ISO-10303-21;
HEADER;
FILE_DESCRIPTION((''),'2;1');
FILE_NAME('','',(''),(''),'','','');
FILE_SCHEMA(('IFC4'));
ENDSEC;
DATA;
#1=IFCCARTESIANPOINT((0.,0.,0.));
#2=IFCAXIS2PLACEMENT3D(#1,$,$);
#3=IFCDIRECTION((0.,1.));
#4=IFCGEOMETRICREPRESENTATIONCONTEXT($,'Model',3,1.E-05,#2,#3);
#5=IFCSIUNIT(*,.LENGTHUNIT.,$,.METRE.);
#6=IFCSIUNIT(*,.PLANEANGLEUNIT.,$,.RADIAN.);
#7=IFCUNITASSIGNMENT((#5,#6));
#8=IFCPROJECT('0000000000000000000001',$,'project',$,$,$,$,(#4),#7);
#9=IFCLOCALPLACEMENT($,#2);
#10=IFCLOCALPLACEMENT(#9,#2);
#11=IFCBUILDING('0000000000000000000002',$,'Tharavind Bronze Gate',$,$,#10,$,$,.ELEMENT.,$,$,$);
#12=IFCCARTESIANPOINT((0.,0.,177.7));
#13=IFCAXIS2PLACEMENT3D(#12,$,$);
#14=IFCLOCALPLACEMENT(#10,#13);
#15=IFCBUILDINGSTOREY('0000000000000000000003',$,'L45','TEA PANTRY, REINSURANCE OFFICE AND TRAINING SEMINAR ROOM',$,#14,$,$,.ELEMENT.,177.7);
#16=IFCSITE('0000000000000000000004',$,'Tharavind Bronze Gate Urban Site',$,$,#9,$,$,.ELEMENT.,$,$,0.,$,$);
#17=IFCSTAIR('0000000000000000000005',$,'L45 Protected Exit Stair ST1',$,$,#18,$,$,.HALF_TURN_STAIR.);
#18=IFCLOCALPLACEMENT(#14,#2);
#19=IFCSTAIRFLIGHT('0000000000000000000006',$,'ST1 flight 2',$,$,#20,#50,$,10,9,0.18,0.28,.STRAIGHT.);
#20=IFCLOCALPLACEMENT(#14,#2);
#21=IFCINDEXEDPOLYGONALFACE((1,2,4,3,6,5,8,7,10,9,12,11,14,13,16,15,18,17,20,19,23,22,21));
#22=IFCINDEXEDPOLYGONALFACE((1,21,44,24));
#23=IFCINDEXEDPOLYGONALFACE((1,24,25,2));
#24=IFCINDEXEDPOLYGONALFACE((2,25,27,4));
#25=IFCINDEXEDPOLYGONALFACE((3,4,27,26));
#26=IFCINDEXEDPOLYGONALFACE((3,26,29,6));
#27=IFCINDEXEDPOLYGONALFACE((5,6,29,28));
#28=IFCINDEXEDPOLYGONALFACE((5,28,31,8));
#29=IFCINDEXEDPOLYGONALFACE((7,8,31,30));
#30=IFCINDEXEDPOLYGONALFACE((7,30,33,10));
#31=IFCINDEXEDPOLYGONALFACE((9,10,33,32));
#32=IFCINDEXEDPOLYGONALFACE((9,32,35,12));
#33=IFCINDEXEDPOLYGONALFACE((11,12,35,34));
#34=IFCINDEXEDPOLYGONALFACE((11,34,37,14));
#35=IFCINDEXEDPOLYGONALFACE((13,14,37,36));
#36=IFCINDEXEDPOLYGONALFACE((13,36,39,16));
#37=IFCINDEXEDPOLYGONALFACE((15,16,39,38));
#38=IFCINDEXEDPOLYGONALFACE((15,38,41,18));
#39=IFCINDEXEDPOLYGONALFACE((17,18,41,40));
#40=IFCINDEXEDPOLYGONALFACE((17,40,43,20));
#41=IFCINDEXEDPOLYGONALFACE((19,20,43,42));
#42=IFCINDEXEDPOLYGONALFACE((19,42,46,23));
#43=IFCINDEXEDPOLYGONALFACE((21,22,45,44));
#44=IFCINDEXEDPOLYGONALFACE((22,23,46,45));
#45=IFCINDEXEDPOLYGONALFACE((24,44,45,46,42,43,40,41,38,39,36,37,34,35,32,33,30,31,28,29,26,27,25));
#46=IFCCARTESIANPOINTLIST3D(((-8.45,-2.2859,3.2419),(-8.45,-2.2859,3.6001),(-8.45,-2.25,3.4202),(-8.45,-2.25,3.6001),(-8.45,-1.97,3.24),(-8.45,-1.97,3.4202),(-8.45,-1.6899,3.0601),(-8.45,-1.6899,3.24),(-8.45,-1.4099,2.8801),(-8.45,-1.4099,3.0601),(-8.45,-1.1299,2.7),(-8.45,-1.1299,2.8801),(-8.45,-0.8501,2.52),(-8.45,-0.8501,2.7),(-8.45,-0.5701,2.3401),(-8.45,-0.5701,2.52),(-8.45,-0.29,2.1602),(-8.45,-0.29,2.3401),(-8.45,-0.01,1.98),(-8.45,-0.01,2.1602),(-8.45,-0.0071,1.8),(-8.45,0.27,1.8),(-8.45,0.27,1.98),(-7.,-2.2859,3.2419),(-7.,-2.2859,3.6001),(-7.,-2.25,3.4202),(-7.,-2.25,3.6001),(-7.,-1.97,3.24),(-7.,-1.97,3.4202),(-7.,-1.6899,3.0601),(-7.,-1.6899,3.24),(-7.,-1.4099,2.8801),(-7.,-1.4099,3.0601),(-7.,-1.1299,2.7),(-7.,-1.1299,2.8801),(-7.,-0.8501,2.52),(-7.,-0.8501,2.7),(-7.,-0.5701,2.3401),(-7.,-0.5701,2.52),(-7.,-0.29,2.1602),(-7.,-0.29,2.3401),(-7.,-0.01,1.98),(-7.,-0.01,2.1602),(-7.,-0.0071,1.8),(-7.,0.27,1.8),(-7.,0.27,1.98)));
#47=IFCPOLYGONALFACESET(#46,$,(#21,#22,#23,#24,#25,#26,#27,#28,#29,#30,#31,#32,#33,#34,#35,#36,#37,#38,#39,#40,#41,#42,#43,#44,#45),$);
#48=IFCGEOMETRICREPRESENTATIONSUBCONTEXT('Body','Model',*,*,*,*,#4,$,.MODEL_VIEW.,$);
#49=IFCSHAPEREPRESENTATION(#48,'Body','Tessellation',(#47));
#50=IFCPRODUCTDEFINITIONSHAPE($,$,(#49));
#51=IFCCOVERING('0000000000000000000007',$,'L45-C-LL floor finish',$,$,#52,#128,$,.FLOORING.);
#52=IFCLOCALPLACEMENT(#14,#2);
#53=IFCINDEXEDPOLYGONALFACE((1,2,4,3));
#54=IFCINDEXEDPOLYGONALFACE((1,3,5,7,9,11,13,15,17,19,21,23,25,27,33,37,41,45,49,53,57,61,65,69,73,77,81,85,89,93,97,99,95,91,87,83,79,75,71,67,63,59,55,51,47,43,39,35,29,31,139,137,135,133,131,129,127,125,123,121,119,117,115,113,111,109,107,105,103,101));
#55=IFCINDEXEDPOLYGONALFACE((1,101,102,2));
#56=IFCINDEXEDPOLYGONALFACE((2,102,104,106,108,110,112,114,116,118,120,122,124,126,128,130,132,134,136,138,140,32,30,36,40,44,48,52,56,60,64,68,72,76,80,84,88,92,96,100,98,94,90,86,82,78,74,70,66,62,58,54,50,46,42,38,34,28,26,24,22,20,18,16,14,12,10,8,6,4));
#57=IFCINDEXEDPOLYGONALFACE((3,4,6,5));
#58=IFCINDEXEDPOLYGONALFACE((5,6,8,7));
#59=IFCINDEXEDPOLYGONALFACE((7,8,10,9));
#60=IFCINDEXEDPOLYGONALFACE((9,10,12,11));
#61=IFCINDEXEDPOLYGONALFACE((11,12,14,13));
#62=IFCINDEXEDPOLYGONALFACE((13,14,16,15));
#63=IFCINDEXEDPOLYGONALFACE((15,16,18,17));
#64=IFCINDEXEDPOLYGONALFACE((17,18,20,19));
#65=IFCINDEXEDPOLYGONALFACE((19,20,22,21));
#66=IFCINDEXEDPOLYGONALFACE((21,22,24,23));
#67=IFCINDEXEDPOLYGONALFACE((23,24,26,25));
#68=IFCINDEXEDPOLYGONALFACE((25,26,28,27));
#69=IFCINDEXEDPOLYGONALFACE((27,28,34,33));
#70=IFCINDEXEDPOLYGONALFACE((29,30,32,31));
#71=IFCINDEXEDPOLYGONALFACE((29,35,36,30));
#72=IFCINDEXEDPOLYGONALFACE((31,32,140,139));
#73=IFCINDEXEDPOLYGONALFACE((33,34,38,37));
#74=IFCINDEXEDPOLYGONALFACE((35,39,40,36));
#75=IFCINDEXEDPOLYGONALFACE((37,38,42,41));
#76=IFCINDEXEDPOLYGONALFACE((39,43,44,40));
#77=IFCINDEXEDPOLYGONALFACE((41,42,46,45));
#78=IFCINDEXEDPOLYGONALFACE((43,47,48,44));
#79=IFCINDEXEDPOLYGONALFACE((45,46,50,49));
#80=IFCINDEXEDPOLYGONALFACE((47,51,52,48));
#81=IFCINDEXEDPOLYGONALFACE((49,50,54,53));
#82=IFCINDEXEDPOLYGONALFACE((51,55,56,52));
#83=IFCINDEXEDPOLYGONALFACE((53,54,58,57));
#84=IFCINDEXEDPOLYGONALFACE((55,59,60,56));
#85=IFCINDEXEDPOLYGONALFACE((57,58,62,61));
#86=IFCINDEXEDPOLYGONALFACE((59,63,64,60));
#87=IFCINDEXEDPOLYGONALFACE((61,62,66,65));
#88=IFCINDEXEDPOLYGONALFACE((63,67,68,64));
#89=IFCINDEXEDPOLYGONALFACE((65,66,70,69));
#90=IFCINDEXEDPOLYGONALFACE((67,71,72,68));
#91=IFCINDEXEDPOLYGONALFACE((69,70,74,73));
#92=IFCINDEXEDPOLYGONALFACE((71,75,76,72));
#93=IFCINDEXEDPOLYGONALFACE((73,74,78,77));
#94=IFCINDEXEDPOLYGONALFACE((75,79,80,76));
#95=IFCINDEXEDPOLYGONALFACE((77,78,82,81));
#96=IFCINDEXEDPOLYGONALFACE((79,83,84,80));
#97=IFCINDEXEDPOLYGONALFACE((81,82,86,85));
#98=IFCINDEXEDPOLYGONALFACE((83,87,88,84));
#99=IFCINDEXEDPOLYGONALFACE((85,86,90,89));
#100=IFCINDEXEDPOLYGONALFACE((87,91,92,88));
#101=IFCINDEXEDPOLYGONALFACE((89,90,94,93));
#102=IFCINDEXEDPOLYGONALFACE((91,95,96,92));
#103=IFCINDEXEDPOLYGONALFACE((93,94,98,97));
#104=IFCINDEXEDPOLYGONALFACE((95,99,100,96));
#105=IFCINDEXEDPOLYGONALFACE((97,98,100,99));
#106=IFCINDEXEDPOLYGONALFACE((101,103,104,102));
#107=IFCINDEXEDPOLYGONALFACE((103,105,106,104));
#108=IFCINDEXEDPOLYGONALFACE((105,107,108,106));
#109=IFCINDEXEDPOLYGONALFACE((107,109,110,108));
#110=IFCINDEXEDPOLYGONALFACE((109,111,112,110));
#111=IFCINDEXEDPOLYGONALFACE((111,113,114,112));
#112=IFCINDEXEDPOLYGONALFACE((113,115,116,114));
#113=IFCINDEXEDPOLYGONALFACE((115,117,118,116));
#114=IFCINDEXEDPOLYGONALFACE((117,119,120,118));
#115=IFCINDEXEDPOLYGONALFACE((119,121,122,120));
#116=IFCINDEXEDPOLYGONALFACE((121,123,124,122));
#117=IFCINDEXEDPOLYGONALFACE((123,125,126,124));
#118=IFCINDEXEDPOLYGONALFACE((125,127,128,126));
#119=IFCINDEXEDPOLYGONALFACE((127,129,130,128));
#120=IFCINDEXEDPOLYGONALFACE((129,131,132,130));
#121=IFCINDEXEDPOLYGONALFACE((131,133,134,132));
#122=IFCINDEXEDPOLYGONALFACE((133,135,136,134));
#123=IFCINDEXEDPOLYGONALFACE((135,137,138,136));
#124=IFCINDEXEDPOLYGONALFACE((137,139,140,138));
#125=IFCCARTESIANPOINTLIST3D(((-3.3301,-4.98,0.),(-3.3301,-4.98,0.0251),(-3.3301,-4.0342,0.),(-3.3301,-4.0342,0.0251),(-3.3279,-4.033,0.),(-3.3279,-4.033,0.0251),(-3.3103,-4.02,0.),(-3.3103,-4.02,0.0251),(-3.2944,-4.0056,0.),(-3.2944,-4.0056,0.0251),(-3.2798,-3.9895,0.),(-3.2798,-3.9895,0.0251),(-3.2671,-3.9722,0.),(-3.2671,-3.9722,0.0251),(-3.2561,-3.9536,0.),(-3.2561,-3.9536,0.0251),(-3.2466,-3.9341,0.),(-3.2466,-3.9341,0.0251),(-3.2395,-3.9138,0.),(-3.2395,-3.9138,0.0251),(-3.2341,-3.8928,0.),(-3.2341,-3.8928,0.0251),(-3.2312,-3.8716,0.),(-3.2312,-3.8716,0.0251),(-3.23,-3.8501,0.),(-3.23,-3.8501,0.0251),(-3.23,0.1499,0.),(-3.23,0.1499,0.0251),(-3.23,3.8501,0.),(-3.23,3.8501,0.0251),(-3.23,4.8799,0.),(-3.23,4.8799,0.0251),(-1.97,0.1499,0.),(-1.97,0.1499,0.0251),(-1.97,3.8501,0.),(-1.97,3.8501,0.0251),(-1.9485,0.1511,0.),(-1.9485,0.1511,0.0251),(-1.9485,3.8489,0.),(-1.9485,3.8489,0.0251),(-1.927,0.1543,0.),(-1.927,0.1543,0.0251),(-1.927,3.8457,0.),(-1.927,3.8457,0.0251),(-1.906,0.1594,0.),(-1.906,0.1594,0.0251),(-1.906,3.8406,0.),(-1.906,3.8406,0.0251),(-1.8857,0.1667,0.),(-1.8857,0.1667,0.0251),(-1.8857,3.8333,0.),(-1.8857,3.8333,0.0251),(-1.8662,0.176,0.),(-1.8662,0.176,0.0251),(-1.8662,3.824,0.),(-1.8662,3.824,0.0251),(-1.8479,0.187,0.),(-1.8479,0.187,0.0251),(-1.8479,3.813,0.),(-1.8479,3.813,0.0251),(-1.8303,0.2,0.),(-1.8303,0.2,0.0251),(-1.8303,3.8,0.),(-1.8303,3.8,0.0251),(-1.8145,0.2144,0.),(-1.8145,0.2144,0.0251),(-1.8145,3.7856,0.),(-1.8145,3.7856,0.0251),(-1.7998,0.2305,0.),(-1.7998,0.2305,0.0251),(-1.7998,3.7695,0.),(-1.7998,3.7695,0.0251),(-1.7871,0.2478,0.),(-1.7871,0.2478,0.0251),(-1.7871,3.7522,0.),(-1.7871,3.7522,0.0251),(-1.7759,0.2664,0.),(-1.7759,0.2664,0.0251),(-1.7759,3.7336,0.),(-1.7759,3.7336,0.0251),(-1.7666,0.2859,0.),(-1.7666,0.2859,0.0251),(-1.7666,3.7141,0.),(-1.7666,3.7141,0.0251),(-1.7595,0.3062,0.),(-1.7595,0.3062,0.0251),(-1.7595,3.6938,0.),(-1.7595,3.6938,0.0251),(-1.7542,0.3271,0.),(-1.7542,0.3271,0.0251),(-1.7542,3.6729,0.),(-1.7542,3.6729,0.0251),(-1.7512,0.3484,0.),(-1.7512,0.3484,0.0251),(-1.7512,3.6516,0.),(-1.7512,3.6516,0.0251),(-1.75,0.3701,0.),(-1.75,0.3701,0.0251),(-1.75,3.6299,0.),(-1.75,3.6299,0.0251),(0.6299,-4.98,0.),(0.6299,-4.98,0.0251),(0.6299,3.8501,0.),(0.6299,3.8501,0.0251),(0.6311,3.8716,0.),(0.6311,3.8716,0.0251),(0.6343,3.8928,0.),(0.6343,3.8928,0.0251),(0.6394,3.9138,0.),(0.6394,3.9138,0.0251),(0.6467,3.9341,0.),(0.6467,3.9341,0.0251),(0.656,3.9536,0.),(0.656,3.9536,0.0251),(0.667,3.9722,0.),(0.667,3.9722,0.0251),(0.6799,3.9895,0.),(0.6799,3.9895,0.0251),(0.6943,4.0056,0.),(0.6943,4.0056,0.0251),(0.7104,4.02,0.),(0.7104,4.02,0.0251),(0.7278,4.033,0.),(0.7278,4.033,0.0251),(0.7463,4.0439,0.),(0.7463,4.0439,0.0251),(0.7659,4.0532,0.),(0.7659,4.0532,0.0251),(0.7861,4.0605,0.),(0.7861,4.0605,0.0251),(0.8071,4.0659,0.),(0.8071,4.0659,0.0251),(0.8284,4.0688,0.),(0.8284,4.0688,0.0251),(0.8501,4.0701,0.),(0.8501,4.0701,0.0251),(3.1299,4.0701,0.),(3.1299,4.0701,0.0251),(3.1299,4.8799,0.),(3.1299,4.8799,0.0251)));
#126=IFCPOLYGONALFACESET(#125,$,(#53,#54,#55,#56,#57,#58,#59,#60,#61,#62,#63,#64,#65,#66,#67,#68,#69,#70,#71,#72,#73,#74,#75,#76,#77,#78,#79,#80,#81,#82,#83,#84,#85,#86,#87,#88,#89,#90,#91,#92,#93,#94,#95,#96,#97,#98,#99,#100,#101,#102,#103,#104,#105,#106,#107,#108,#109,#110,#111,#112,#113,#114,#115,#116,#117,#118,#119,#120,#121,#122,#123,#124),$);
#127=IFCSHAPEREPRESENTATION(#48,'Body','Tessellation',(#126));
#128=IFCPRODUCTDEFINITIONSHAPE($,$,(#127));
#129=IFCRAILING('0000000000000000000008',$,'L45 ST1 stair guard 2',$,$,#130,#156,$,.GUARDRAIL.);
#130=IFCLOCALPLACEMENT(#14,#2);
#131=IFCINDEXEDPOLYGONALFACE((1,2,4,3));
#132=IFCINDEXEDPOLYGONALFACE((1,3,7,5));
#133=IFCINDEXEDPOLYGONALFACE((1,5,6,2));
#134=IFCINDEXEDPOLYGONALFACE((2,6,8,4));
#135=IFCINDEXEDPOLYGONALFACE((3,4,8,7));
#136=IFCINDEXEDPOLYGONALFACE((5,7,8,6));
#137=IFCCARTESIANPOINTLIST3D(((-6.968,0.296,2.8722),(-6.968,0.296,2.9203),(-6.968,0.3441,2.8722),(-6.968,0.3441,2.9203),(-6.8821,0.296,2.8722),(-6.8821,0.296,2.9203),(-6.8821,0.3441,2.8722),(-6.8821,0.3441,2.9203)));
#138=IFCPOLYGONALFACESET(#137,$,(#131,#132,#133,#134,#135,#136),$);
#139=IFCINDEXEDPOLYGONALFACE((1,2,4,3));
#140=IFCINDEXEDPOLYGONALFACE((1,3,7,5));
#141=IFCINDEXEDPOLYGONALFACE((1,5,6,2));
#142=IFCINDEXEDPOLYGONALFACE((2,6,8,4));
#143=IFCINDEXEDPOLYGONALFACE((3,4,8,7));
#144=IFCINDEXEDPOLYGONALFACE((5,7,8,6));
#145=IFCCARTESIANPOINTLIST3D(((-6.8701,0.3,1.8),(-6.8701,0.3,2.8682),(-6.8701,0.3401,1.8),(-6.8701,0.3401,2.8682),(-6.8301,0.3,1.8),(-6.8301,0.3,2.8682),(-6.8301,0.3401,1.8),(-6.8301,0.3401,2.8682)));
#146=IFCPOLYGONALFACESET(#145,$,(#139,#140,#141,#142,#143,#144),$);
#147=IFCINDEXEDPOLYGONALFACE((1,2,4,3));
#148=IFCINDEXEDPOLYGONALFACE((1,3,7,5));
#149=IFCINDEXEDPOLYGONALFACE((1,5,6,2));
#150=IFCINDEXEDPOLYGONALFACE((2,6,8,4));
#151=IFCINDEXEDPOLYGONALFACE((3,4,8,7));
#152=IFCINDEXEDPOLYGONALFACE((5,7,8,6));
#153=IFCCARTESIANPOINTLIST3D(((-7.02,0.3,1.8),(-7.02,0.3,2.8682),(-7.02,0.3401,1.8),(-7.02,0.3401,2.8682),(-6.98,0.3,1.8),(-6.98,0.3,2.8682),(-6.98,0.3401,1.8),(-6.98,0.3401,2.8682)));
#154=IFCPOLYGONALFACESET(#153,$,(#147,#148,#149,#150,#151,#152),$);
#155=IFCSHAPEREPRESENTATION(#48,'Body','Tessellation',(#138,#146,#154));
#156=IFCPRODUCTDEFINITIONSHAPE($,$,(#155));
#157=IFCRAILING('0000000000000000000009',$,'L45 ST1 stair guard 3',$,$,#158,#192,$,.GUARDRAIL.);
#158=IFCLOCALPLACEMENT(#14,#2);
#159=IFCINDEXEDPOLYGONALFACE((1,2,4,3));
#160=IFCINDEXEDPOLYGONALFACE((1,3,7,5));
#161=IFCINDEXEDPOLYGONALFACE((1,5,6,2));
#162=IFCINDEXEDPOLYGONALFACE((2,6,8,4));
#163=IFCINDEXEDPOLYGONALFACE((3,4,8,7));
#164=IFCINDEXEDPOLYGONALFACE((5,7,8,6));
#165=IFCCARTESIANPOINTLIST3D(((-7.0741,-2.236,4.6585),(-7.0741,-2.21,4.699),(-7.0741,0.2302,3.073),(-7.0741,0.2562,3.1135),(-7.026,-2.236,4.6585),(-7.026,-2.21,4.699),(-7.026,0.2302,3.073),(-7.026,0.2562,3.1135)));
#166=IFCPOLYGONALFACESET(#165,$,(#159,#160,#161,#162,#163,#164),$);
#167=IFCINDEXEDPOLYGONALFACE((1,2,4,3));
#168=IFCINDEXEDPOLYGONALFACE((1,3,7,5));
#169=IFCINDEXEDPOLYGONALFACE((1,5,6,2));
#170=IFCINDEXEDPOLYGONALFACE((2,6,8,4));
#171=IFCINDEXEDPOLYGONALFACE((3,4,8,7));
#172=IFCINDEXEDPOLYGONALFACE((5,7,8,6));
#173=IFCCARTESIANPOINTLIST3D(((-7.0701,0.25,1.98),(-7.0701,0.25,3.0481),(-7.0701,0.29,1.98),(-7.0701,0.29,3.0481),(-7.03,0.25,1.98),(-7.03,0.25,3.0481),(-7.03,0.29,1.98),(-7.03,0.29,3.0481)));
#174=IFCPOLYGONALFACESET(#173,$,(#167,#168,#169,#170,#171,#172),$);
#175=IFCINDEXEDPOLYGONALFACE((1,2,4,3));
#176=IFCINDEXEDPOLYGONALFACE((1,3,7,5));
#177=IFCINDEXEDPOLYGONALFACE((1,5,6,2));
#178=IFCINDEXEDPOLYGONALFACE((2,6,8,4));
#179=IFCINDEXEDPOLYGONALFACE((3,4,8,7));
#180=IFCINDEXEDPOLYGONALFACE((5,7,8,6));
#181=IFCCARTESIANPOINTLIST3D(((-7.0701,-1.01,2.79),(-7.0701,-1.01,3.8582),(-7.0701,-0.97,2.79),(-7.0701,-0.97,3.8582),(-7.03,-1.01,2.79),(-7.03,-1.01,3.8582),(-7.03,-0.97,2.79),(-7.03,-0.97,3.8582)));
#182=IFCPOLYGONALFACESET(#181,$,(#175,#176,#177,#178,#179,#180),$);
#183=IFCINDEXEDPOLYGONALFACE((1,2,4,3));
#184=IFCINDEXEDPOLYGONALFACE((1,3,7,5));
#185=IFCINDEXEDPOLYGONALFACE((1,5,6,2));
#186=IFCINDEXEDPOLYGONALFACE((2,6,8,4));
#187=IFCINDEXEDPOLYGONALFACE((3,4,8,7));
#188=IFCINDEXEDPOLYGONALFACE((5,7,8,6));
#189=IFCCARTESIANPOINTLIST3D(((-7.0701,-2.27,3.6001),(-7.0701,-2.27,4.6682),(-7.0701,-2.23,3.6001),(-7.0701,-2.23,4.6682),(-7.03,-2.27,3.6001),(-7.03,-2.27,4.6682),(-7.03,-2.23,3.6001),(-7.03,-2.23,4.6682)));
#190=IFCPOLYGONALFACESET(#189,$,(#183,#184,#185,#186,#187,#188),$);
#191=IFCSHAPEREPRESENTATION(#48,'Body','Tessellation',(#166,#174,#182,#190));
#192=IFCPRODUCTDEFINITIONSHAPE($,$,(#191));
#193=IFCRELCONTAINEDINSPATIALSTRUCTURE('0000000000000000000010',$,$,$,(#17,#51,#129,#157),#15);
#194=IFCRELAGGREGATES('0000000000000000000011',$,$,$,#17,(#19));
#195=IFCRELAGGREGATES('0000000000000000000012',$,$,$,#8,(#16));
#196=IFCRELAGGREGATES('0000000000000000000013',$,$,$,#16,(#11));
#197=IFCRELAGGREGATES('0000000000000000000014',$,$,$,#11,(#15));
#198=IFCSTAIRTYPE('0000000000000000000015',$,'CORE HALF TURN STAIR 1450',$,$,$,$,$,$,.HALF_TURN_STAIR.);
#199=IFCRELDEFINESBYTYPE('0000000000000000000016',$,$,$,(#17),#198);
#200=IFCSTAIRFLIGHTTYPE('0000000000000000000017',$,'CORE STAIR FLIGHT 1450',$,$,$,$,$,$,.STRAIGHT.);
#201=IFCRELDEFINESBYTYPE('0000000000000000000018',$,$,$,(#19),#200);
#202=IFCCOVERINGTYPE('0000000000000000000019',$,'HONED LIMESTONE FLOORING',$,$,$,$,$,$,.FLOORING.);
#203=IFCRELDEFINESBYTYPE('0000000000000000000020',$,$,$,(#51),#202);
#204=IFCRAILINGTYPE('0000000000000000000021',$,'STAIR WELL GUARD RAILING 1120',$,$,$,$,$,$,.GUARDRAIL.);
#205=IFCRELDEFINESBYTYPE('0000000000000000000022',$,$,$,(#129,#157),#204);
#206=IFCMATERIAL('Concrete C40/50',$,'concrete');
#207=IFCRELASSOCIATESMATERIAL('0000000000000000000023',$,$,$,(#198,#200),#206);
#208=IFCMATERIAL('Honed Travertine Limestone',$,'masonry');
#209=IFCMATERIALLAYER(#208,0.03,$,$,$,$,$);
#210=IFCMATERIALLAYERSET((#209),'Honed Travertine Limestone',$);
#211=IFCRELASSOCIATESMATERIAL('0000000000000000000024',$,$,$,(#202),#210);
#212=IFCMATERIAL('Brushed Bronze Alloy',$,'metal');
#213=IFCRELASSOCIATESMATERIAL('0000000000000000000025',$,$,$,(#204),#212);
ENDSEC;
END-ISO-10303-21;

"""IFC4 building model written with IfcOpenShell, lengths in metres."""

from ifc_helpers import new_model, si_unit, direction, frame, origin, origin_2d, place, context, subcontext, project, spatial, polyline, rectangle, outline, extrude, material, layer, layer_set, type_object, element, aggregate, save


model = new_model("IFC4")

# Units and contexts
model_context = context("Model", 3, precision=1e-05, world=origin(), true_north=direction((0.0, 1.0)))
body_context = subcontext(model_context, "Body", "Model", "MODEL_VIEW")
ifc_project = project(units=[si_unit("LENGTHUNIT", "METRE"), si_unit("PLANEANGLEUNIT", "RADIAN")], contexts=[model_context])

# Site, building, storey
site_placement = place(None, origin())
site = spatial("IfcSite", under=ifc_project, at=site_placement, Name="Tharavind Bronze Gate Urban Site", CompositionType="ELEMENT", RefElevation=0.0)
building_placement = place(site_placement, origin())
building = spatial("IfcBuilding", under=site, at=building_placement, Name="Tharavind Bronze Gate", CompositionType="ELEMENT")
storey_placement = place(building_placement, frame((0.0, 0.0, 177.7)))
storey = spatial("IfcBuildingStorey", under=building, at=storey_placement, Name="L45", Description="TEA PANTRY, REINSURANCE OFFICE AND TRAINING SEMINAR ROOM", CompositionType="ELEMENT", Elevation=177.7)

# Shared definitions
ifc_material_1 = material(Name="Concrete C40/50", Category="concrete")

# Stair
stair_type = type_object("IfcStairType", Name="CORE HALF TURN STAIR 1450", PredefinedType="HALF_TURN_STAIR", material=ifc_material_1)
stair_1_placement = place(storey_placement, origin())
stair_1 = element("IfcStair", 1, at=stair_1_placement, inside=storey, type_object=stair_type, Name="L45 Protected Exit Stair ST1", PredefinedType="HALF_TURN_STAIR")

# Stair flight
stair_flight_type = type_object("IfcStairFlightType", Name="CORE STAIR FLIGHT 1450", PredefinedType="STRAIGHT", material=ifc_material_1)
stair_flight_placement = place(storey_placement, frame((-7.7251, 0.27, 1.8), z_axis=(0.0, 0.0, 1.0), x_axis=(0.0, -1.0, 0.0)))
stair_flight = element("IfcStairFlight", 2, at=stair_flight_placement, type_object=stair_flight_type, Name="ST1 flight 2", NumberOfRisers=10, NumberOfTreads=9, PredefinedType="STRAIGHT", RiserHeight=0.18, TreadLength=0.28, context=body_context, shape_type="SweptSolid", body=[
    extrude(outline(polyline([(0.0, 0.0), (0.0, 0.1799), (0.28, 0.1799), (0.28, 0.3601), (0.5601, 0.3601), (0.5601, 0.54), (0.8401, 0.54), (0.8401, 0.72), (1.1201, 0.72), (1.1201, 0.8999), (1.3999, 0.8999), (1.3999, 1.0801), (1.6799, 1.0801), (1.6799, 1.26), (1.96, 1.26), (1.96, 1.4399), (2.24, 1.4399), (2.24, 1.6201), (2.52, 1.6201), (2.52, 1.8), (2.5559, 1.8), (2.5559, 1.4419), (0.2771, 0.0), (0.0, 0.0)])), frame((0.0, 0.7251, 0.0), z_axis=(0.0, -1.0, 0.0), x_axis=(1.0, 0.0, 0.0)), (0.0, 0.0, 1.0), 1.45),
])
aggregate(stair_1, [stair_flight])

# Covering
ifc_material_2 = material(Name="Honed Travertine Limestone", Category="masonry")
ifc_layer_1 = layer(ifc_material_2, 0.03)
ifc_layer_set_1 = layer_set([ifc_layer_1], Name="Honed Travertine Limestone")
covering_type = type_object("IfcCoveringType", Name="HONED LIMESTONE FLOORING", PredefinedType="FLOORING", material=ifc_layer_set_1)
covering_placement = place(storey_placement, origin())
element("IfcCovering", 3, at=covering_placement, inside=storey, type_object=covering_type, Name="L45-C-LL floor finish", PredefinedType="FLOORING", context=body_context, shape_type="SweptSolid", body=[
    extrude(outline(polyline([(-3.3301, -4.98), (0.6299, -4.98), (0.6299, 3.8501), (0.6311, 3.8716), (0.6343, 3.8928), (0.6394, 3.9138), (0.6467, 3.9341), (0.656, 3.9536), (0.667, 3.9722), (0.6799, 3.9895), (0.6943, 4.0056), (0.7104, 4.02), (0.7278, 4.033), (0.7463, 4.0439), (0.7659, 4.0532), (0.7861, 4.0605), (0.8071, 4.0659), (0.8284, 4.0688), (0.8501, 4.0701), (3.1299, 4.0701), (3.1299, 4.8799), (-3.23, 4.8799), (-3.23, 3.8501), (-1.97, 3.8501), (-1.9485, 3.8489), (-1.927, 3.8457), (-1.906, 3.8406), (-1.8857, 3.8333), (-1.8662, 3.824), (-1.8479, 3.813), (-1.8303, 3.8), (-1.8145, 3.7856), (-1.7998, 3.7695), (-1.7871, 3.7522), (-1.7759, 3.7336), (-1.7666, 3.7141), (-1.7595, 3.6938), (-1.7542, 3.6729), (-1.7512, 3.6516), (-1.75, 3.6299), (-1.75, 0.3701), (-1.7512, 0.3484), (-1.7542, 0.3271), (-1.7595, 0.3062), (-1.7666, 0.2859), (-1.7759, 0.2664), (-1.7871, 0.2478), (-1.7998, 0.2305), (-1.8145, 0.2144), (-1.8303, 0.2), (-1.8479, 0.187), (-1.8662, 0.176), (-1.8857, 0.1667), (-1.906, 0.1594), (-1.927, 0.1543), (-1.9485, 0.1511), (-1.97, 0.1499), (-3.23, 0.1499), (-3.23, -3.8501), (-3.2312, -3.8716), (-3.2341, -3.8928), (-3.2395, -3.9138), (-3.2466, -3.9341), (-3.2561, -3.9536), (-3.2671, -3.9722), (-3.2798, -3.9895), (-3.2944, -4.0056), (-3.3103, -4.02), (-3.3279, -4.033), (-3.3301, -4.0342), (-3.3301, -4.98)])), origin(), (0.0, 0.0, 1.0), 0.0251),
])

# Railings
ifc_material_3 = material(Name="Brushed Bronze Alloy", Category="metal")
railing_type = type_object("IfcRailingType", Name="STAIR WELL GUARD RAILING 1120", PredefinedType="GUARDRAIL", material=ifc_material_3)
railing_1_placement = place(storey_placement, frame((-6.8501, 0.3201, 1.8)))
element("IfcRailing", 4, at=railing_1_placement, inside=storey, type_object=railing_type, Name="L45 ST1 stair guard 2", PredefinedType="GUARDRAIL", context=body_context, shape_type="SweptSolid", body=[
    extrude(rectangle(XDim=0.0481, YDim=0.0481, at=origin_2d()), frame((-0.032, 0.0, 1.0962), z_axis=(-1.0, 0.0, 0.0), x_axis=(0.0, -1.0, 0.0)), (0.0, 0.0, 1.0), 0.0859),
    extrude(rectangle(XDim=0.04, YDim=0.04, at=origin_2d()), origin(), (0.0, 0.0, 1.0), 1.0681),
    extrude(rectangle(XDim=0.04, YDim=0.04, at=origin_2d()), frame((-0.1499, 0.0, 0.0)), (0.0, 0.0, 1.0), 1.0681),
])
railing_2_placement = place(storey_placement, frame((-7.05, 0.27, 1.98)))
element("IfcRailing", 5, at=railing_2_placement, inside=storey, type_object=railing_type, Name="L45 ST1 stair guard 3", PredefinedType="GUARDRAIL", context=body_context, shape_type="SweptSolid", body=[
    extrude(rectangle(XDim=0.0481, YDim=0.0481, at=origin_2d()), frame((0.0, -0.0269, 1.1133), z_axis=(0.0, -0.841163, 0.540782), x_axis=(1.0, 0.0, 0.0)), (0.0, 0.0, 1.0), 2.9319),
    extrude(rectangle(XDim=0.04, YDim=0.04, at=origin_2d()), origin(), (0.0, 0.0, 1.0), 1.0681),
    extrude(rectangle(XDim=0.04, YDim=0.04, at=origin_2d()), frame((0.0, -1.26, 0.8101)), (0.0, 0.0, 1.0), 1.0681),
    extrude(rectangle(XDim=0.04, YDim=0.04, at=origin_2d()), frame((0.0, -2.52, 1.6201)), (0.0, 0.0, 1.0), 1.0681),
])

save(model, "model.ifc")
